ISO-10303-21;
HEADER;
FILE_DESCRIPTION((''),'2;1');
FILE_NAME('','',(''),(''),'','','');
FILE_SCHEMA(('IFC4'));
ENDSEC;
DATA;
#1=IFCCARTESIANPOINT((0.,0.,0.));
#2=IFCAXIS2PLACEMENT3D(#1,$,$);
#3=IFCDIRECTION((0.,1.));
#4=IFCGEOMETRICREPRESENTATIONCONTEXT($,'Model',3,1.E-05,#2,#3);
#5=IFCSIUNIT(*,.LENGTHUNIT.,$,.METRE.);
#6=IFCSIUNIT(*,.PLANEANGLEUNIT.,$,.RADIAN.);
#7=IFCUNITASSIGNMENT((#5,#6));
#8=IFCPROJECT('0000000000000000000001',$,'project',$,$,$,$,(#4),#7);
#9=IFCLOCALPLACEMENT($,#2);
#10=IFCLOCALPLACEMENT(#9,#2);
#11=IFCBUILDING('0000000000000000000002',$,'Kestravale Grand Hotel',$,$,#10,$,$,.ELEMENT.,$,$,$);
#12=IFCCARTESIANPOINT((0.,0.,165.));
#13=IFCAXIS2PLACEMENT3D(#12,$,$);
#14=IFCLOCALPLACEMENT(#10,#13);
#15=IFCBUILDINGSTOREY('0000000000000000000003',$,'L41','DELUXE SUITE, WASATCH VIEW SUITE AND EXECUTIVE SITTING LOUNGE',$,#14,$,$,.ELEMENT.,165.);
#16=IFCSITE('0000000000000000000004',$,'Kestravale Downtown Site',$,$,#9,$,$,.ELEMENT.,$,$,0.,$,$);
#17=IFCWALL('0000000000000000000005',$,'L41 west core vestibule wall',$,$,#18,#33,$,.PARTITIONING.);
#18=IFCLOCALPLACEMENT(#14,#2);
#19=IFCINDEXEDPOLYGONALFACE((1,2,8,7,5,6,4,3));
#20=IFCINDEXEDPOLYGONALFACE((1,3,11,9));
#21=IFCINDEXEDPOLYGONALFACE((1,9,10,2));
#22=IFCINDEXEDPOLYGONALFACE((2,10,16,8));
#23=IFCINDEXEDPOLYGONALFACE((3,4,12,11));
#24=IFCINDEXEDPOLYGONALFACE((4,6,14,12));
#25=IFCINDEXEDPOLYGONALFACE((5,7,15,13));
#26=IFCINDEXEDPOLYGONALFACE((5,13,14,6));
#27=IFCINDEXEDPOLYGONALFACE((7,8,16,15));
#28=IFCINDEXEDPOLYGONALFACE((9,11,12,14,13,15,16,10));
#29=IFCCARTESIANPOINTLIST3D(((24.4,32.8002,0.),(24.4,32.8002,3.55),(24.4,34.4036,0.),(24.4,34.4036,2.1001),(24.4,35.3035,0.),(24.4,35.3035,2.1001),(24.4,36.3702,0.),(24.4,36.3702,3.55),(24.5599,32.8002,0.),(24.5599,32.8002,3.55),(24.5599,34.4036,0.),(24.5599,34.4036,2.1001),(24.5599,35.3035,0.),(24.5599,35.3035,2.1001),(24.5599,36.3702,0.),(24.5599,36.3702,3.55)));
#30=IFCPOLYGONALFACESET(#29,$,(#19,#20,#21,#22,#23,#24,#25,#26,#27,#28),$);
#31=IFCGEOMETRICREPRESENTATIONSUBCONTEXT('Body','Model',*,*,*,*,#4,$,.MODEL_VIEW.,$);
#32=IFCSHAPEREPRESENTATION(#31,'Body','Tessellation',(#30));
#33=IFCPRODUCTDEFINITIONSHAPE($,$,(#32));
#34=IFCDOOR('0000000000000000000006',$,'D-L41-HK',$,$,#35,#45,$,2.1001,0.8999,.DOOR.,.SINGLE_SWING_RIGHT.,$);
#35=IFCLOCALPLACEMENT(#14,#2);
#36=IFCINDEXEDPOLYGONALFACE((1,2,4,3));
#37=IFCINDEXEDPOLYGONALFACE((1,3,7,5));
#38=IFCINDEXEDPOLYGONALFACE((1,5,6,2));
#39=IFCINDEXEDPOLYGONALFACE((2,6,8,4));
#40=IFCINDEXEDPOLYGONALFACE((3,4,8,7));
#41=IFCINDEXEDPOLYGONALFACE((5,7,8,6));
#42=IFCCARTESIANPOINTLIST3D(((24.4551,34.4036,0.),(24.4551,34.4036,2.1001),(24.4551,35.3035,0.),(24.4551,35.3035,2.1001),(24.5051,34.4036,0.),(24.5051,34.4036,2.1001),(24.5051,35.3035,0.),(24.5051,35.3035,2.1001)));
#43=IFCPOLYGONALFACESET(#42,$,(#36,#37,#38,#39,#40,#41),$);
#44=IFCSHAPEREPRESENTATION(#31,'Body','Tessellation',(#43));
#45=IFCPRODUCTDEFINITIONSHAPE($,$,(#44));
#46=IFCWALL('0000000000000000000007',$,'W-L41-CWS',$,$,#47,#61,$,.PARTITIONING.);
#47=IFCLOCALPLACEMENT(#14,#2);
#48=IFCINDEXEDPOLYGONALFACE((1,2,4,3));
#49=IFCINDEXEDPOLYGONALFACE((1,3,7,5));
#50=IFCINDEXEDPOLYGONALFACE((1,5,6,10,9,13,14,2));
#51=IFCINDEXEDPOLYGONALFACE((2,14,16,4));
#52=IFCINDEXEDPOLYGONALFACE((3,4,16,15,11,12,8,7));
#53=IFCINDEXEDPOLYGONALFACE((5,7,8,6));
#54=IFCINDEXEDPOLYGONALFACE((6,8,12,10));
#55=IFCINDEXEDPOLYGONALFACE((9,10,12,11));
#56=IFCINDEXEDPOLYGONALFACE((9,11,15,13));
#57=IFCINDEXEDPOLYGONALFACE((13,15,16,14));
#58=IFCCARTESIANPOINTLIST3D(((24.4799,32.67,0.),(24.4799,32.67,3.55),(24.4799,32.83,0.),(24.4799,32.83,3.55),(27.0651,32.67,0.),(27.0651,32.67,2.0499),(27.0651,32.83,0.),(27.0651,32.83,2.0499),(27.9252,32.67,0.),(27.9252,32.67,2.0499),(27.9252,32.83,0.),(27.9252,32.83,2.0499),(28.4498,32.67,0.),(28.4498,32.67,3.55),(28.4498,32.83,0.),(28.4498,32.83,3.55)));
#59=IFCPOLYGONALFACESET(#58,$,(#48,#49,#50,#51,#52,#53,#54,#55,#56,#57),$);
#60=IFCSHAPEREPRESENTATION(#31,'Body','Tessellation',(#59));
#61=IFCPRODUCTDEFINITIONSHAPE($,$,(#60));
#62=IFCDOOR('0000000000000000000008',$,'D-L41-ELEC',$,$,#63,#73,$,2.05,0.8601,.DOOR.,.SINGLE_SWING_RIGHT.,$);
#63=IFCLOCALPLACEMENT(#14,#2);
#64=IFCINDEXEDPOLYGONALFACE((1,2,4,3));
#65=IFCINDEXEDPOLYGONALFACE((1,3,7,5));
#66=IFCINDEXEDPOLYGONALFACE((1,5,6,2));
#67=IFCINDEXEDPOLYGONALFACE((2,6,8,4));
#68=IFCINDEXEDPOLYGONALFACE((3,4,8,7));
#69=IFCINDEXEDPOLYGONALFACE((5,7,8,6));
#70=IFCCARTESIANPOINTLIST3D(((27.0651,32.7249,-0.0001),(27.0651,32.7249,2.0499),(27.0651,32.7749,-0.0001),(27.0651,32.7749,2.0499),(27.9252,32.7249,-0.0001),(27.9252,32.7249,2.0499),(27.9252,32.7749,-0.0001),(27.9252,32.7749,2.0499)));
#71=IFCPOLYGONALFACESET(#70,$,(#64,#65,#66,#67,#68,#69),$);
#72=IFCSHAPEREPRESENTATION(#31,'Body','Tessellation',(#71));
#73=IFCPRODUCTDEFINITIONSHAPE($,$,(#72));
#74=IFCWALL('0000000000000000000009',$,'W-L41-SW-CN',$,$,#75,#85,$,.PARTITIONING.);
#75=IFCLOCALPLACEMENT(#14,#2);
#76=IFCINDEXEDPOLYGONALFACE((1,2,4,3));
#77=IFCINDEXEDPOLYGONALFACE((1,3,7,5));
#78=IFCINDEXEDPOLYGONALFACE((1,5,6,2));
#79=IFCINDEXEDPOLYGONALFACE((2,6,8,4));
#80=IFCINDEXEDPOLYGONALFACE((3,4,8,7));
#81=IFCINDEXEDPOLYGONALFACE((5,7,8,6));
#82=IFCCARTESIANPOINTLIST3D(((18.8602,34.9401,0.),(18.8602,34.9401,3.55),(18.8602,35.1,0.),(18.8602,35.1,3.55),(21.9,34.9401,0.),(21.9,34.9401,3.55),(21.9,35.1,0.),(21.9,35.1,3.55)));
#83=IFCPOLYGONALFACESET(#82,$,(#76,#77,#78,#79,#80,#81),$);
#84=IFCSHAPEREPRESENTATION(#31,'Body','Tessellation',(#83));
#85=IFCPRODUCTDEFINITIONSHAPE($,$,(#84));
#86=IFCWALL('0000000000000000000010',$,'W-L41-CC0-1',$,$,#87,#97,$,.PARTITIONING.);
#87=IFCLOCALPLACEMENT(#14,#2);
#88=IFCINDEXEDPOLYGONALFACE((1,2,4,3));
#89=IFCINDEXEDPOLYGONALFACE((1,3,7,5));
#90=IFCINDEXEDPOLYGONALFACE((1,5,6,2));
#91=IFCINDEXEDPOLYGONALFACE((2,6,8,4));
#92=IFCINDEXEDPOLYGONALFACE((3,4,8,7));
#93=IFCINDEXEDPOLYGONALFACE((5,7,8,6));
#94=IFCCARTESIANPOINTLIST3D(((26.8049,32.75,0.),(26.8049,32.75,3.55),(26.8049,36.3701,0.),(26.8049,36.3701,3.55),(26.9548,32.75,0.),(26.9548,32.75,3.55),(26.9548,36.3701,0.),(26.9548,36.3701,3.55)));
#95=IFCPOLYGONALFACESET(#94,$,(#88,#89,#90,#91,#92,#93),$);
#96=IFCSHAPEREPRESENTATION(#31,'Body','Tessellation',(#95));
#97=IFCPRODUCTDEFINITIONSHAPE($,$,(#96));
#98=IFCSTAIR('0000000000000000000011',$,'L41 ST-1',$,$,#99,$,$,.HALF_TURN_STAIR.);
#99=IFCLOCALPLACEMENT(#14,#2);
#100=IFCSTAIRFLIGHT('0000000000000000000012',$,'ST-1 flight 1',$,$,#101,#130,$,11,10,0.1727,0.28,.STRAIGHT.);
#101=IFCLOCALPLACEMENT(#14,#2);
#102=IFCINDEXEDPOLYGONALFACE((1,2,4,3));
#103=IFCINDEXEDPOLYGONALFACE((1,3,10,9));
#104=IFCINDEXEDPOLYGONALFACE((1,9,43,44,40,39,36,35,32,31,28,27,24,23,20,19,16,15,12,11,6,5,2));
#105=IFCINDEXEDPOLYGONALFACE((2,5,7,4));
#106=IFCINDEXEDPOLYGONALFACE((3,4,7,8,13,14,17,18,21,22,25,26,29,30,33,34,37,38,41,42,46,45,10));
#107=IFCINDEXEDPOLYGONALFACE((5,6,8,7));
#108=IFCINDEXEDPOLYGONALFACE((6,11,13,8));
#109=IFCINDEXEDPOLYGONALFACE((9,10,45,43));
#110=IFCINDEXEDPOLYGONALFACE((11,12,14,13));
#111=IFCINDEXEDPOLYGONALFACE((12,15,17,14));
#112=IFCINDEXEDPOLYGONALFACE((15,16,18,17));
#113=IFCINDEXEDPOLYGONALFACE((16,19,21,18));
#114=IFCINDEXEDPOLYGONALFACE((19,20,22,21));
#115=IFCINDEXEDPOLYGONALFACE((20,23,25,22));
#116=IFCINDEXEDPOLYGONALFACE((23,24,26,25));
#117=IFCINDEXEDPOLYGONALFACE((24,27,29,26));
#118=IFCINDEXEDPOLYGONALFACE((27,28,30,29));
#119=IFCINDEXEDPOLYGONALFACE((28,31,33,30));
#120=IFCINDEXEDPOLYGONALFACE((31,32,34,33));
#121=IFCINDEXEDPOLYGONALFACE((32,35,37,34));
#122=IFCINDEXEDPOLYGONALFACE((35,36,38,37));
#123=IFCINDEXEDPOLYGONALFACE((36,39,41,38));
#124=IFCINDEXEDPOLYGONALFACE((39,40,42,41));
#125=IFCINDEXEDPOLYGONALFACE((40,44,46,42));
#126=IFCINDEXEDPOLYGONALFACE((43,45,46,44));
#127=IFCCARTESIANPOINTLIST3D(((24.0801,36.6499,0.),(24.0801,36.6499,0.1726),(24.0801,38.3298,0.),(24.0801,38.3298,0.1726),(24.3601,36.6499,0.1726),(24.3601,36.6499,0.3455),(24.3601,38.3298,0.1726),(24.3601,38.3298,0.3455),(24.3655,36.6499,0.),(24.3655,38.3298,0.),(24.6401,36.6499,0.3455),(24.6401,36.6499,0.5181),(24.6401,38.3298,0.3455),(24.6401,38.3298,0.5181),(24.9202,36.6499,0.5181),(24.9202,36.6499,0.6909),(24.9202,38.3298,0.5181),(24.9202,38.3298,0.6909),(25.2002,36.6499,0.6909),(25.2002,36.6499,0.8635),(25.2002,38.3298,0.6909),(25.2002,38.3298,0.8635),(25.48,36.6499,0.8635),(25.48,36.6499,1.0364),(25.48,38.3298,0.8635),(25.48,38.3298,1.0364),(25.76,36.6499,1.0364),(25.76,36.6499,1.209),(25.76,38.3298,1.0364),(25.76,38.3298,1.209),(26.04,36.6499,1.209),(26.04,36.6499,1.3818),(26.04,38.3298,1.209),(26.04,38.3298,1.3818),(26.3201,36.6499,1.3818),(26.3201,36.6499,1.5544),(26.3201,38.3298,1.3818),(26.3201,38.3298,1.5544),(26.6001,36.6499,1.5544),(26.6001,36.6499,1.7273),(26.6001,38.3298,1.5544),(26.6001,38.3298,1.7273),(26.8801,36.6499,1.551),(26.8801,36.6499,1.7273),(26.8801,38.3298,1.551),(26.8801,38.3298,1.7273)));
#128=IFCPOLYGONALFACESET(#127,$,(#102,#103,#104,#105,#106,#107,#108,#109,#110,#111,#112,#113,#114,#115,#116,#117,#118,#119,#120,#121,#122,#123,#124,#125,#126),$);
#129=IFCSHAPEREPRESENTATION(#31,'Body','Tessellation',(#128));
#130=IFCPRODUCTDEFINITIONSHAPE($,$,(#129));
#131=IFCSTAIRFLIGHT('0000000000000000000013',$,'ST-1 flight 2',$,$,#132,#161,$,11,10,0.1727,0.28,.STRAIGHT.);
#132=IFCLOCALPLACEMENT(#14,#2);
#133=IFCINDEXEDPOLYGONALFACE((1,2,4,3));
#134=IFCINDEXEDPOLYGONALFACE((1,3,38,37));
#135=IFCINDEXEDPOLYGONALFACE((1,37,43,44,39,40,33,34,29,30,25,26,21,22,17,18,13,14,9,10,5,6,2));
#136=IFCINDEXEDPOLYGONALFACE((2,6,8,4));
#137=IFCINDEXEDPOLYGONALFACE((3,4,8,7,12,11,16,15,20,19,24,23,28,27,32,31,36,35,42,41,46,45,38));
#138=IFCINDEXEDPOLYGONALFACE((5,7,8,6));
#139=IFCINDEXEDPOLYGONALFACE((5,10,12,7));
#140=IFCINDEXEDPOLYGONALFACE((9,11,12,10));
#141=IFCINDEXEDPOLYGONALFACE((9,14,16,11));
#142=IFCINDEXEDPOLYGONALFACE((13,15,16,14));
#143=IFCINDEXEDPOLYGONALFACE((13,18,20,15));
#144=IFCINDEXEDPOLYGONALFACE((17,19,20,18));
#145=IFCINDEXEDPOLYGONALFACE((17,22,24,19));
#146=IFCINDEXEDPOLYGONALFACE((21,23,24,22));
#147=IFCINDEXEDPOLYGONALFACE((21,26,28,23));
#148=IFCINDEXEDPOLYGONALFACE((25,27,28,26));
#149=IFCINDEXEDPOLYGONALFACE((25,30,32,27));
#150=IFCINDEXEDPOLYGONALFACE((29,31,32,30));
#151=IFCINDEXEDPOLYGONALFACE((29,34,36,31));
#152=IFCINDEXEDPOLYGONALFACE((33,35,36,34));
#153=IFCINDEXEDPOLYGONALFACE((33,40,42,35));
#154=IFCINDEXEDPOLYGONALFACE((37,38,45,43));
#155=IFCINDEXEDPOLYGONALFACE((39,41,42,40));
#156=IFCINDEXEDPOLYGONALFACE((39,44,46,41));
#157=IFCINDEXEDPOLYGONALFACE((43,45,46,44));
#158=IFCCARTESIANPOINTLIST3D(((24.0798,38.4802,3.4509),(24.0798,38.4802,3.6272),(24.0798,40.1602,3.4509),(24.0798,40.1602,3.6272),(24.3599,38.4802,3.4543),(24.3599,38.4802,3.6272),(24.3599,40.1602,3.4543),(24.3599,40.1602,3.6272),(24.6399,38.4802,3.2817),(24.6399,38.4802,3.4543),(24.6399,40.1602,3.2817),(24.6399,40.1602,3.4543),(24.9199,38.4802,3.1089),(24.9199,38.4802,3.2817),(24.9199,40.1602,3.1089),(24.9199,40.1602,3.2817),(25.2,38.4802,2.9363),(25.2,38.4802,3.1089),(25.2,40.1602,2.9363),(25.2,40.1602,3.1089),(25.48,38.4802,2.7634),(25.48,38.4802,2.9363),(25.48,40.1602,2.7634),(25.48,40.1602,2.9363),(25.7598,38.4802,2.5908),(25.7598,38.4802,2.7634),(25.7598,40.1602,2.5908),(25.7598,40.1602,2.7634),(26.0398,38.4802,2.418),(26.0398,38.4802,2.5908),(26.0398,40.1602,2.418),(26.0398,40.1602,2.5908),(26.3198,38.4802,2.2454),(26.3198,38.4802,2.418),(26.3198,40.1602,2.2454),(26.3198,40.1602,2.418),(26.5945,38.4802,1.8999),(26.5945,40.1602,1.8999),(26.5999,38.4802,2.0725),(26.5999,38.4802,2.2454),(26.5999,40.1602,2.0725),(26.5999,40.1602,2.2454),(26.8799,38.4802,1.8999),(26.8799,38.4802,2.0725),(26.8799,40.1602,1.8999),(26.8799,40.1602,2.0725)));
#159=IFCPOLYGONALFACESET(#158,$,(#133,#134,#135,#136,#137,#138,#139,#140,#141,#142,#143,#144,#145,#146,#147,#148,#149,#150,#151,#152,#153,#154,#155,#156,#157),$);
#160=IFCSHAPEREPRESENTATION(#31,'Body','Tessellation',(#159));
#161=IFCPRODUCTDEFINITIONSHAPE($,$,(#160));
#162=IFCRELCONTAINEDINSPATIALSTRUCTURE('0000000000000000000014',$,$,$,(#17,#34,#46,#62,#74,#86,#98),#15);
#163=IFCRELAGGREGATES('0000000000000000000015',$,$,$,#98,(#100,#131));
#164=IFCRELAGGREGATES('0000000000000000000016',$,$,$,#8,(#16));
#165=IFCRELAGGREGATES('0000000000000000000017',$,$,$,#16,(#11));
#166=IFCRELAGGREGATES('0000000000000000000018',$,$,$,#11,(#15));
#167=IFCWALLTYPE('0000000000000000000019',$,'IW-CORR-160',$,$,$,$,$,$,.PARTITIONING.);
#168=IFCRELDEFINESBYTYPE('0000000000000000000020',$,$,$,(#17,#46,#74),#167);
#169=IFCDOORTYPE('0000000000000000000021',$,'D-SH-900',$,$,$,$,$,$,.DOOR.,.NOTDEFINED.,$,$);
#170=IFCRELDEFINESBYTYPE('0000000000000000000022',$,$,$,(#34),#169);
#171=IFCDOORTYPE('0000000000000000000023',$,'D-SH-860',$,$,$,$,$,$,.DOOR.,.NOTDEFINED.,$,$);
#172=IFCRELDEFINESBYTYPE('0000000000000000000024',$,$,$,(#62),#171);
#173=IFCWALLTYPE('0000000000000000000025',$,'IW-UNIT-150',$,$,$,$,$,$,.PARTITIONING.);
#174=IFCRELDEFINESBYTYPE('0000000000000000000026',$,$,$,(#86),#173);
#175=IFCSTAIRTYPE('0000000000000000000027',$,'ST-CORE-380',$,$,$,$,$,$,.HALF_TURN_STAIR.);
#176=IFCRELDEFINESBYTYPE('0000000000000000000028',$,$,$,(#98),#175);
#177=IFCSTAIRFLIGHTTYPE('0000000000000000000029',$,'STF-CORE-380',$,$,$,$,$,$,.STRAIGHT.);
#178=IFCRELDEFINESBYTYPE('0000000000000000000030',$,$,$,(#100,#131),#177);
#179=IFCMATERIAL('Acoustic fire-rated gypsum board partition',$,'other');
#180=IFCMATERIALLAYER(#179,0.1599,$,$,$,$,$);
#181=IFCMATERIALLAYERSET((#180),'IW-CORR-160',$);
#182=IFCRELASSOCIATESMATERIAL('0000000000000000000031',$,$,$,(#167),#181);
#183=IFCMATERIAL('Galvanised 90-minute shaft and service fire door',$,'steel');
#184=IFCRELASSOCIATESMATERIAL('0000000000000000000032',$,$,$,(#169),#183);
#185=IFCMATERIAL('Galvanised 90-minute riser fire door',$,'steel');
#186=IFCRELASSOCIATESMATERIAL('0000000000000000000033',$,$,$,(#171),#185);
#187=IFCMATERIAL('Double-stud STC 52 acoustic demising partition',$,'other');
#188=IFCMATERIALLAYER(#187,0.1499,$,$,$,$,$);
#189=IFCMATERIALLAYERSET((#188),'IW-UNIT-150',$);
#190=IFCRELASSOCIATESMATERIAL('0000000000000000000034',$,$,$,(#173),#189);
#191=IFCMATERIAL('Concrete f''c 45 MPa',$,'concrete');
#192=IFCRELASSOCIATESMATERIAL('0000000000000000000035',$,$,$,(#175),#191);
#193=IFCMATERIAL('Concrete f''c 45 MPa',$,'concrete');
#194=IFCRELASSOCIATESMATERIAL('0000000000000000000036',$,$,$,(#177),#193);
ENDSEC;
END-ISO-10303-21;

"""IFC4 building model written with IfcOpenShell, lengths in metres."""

from ifc_helpers import new_model, si_unit, direction, frame, frame_2d, origin, place, context, subcontext, project, spatial, polyline, rectangle, outline, extrude, material, layer, layer_set, type_object, element, fill, aggregate, save


model = new_model("IFC4")

# Units and contexts
model_context = context("Model", 3, precision=1e-05, world=origin(), true_north=direction((0.0, 1.0)))
body_context = subcontext(model_context, "Body", "Model", "MODEL_VIEW")
ifc_project = project(units=[si_unit("LENGTHUNIT", "METRE"), si_unit("PLANEANGLEUNIT", "RADIAN")], contexts=[model_context])

# Site, building, storey
site_placement = place(None, origin())
site = spatial("IfcSite", under=ifc_project, at=site_placement, Name="Kestravale Downtown Site", CompositionType="ELEMENT", RefElevation=0.0)
building_placement = place(site_placement, origin())
building = spatial("IfcBuilding", under=site, at=building_placement, Name="Kestravale Grand Hotel", CompositionType="ELEMENT")
storey_placement = place(building_placement, frame((0.0, 0.0, 165.0)))
storey = spatial("IfcBuildingStorey", under=building, at=storey_placement, Name="L41", Description="DELUXE SUITE, WASATCH VIEW SUITE AND EXECUTIVE SITTING LOUNGE", CompositionType="ELEMENT", Elevation=165.0)

# Walls, openings, doors
ifc_material_1 = material(Name="Acoustic fire-rated gypsum board partition", Category="other")
ifc_layer_1 = layer(ifc_material_1, 0.1599)
ifc_layer_set_1 = layer_set([ifc_layer_1], Name="IW-CORR-160")
wall_type_1 = type_object("IfcWallType", Name="IW-CORR-160", PredefinedType="PARTITIONING", material=ifc_layer_set_1)
wall_1_placement = place(storey_placement, frame((24.48, 32.8, 0.0), z_axis=(0.0, 0.0, 1.0), x_axis=(0.0, 1.0, 0.0)))
wall_1 = element("IfcWall", 1, at=wall_1_placement, inside=storey, type_object=wall_type_1, Name="L41 west core vestibule wall", PredefinedType="PARTITIONING", context=body_context, shape_type="SweptSolid", body=[
    extrude(rectangle(XDim=3.5701, YDim=0.1599, at=frame_2d((1.7852, 0.0))), origin(), (0.0, 0.0, 1.0), 3.55),
])
opening_1_placement = place(wall_1_placement, frame((1.6035, 0.0, 0.0)))
opening_1 = element("IfcOpeningElement", 2, at=opening_1_placement, cuts=wall_1, PredefinedType="OPENING", context=body_context, shape_type="SweptSolid", body=[
    extrude(rectangle(XDim=0.8999, YDim=2.1001, at=frame_2d((0.45, 1.05))), frame((0.0, 0.0898, 0.0), z_axis=(0.0, -1.0, 0.0), x_axis=(1.0, 0.0, 0.0)), (0.0, 0.0, 1.0), 0.1799),
])
ifc_material_2 = material(Name="Galvanised 90-minute shaft and service fire door", Category="steel")
door_type_1 = type_object("IfcDoorType", Name="D-SH-900", OperationType="NOTDEFINED", PredefinedType="DOOR", material=ifc_material_2)
door_1_placement = place(opening_1_placement, origin())
door_1 = element("IfcDoor", 3, at=door_1_placement, inside=storey, type_object=door_type_1, Name="D-L41-HK", OperationType="SINGLE_SWING_RIGHT", OverallHeight=2.1001, OverallWidth=0.8999, PredefinedType="DOOR", context=body_context, shape_type="SweptSolid", body=[
    extrude(rectangle(XDim=0.8999, YDim=2.1001, at=frame_2d((0.45, 1.05))), frame((0.0, 0.0249, 0.0), z_axis=(0.0, -1.0, 0.0), x_axis=(1.0, 0.0, 0.0)), (0.0, 0.0, 1.0), 0.05),
])
fill(opening_1, door_1)
wall_2_placement = place(storey_placement, frame((24.48, 32.75, 0.0), z_axis=(0.0, 0.0, 1.0), x_axis=(1.0, 0.0, 0.0)))
wall_2 = element("IfcWall", 4, at=wall_2_placement, inside=storey, type_object=wall_type_1, Name="W-L41-CWS", PredefinedType="PARTITIONING", context=body_context, shape_type="SweptSolid", body=[
    extrude(rectangle(XDim=3.97, YDim=0.1599, at=frame_2d((1.9849, 0.0))), origin(), (0.0, 0.0, 1.0), 3.55),
])
opening_2_placement = place(wall_2_placement, frame((2.585, 0.0, 0.0)))
opening_2 = element("IfcOpeningElement", 5, at=opening_2_placement, cuts=wall_2, PredefinedType="OPENING", context=body_context, shape_type="SweptSolid", body=[
    extrude(rectangle(XDim=0.8601, YDim=2.05, at=frame_2d((0.4302, 1.0249))), frame((0.0, 0.0898, 0.0), z_axis=(0.0, -1.0, 0.0), x_axis=(1.0, 0.0, 0.0)), (0.0, 0.0, 1.0), 0.1799),
])
ifc_material_3 = material(Name="Galvanised 90-minute riser fire door", Category="steel")
door_type_2 = type_object("IfcDoorType", Name="D-SH-860", OperationType="NOTDEFINED", PredefinedType="DOOR", material=ifc_material_3)
door_2_placement = place(opening_2_placement, origin())
door_2 = element("IfcDoor", 6, at=door_2_placement, inside=storey, type_object=door_type_2, Name="D-L41-ELEC", OperationType="SINGLE_SWING_RIGHT", OverallHeight=2.05, OverallWidth=0.8601, PredefinedType="DOOR", context=body_context, shape_type="SweptSolid", body=[
    extrude(rectangle(XDim=0.8601, YDim=2.05, at=frame_2d((0.4302, 1.0249))), frame((0.0, 0.0249, 0.0), z_axis=(0.0, -1.0, 0.0), x_axis=(1.0, 0.0, 0.0)), (0.0, 0.0, 1.0), 0.05),
])
fill(opening_2, door_2)

# Walls
wall_3_placement = place(storey_placement, frame((18.8601, 35.02, 0.0), z_axis=(0.0, 0.0, 1.0), x_axis=(1.0, 0.0, 0.0)))
element("IfcWall", 7, at=wall_3_placement, inside=storey, type_object=wall_type_1, Name="W-L41-SW-CN", PredefinedType="PARTITIONING", context=body_context, shape_type="SweptSolid", body=[
    extrude(rectangle(XDim=3.0398, YDim=0.1599, at=frame_2d((1.52, 0.0))), origin(), (0.0, 0.0, 1.0), 3.55),
])
ifc_material_4 = material(Name="Double-stud STC 52 acoustic demising partition", Category="other")
ifc_layer_2 = layer(ifc_material_4, 0.1499)
ifc_layer_set_2 = layer_set([ifc_layer_2], Name="IW-UNIT-150")
wall_type_2 = type_object("IfcWallType", Name="IW-UNIT-150", PredefinedType="PARTITIONING", material=ifc_layer_set_2)
wall_4_placement = place(storey_placement, frame((26.8799, 32.75, 0.0), z_axis=(0.0, 0.0, 1.0), x_axis=(0.0, 1.0, 0.0)))
element("IfcWall", 8, at=wall_4_placement, inside=storey, type_object=wall_type_2, Name="W-L41-CC0-1", PredefinedType="PARTITIONING", context=body_context, shape_type="SweptSolid", body=[
    extrude(rectangle(XDim=3.6201, YDim=0.1499, at=frame_2d((1.8101, 0.0))), origin(), (0.0, 0.0, 1.0), 3.55),
])

# Stair, stair flights
ifc_material_5 = material(Name="Concrete f'c 45 MPa", Category="concrete")
stair_type = type_object("IfcStairType", Name="ST-CORE-380", PredefinedType="HALF_TURN_STAIR", material=ifc_material_5)
stair_placement = place(storey_placement, origin())
stair = element("IfcStair", 9, at=stair_placement, inside=storey, type_object=stair_type, Name="L41 ST-1", PredefinedType="HALF_TURN_STAIR")
ifc_material_6 = material(Name="Concrete f'c 45 MPa", Category="concrete")
stair_flight_type = type_object("IfcStairFlightType", Name="STF-CORE-380", PredefinedType="STRAIGHT", material=ifc_material_6)
stair_flight_1_placement = place(storey_placement, frame((24.0801, 37.49, 0.0), z_axis=(0.0, 0.0, 1.0), x_axis=(1.0, 0.0, 0.0)))
stair_flight_1 = element("IfcStairFlight", 10, at=stair_flight_1_placement, type_object=stair_flight_type, Name="ST-1 flight 1", NumberOfRisers=11, NumberOfTreads=10, PredefinedType="STRAIGHT", RiserHeight=0.1727, TreadLength=0.28, context=body_context, shape_type="SweptSolid", body=[
    extrude(outline(polyline([(0.0, 0.0), (0.0, 0.1726), (0.28, 0.1726), (0.28, 0.3455), (0.5601, 0.3455), (0.5601, 0.5181), (0.8401, 0.5181), (0.8401, 0.6909), (1.1201, 0.6909), (1.1201, 0.8635), (1.3999, 0.8635), (1.3999, 1.0364), (1.6799, 1.0364), (1.6799, 1.209), (1.96, 1.209), (1.96, 1.3818), (2.24, 1.3818), (2.24, 1.5544), (2.52, 1.5544), (2.52, 1.7273), (2.8, 1.7273), (2.8, 1.8999), (2.8, 1.551), (0.2854, 0.0), (0.0, 0.0)])), frame((0.0, 0.8398, 0.0), z_axis=(0.0, -1.0, 0.0), x_axis=(1.0, 0.0, 0.0)), (0.0, 0.0, 1.0), 1.6799),
])
stair_flight_2_placement = place(storey_placement, frame((26.8799, 39.3201, 1.8999), z_axis=(0.0, 0.0, 1.0), x_axis=(-1.0, 0.0, 0.0)))
stair_flight_2 = element("IfcStairFlight", 11, at=stair_flight_2_placement, type_object=stair_flight_type, Name="ST-1 flight 2", NumberOfRisers=11, NumberOfTreads=10, PredefinedType="STRAIGHT", RiserHeight=0.1727, TreadLength=0.28, context=body_context, shape_type="SweptSolid", body=[
    extrude(outline(polyline([(0.0, 0.0), (0.0, 0.1726), (0.28, 0.1726), (0.28, 0.3455), (0.5601, 0.3455), (0.5601, 0.5181), (0.8401, 0.5181), (0.8401, 0.6909), (1.1201, 0.6909), (1.1201, 0.8635), (1.3999, 0.8635), (1.3999, 1.0364), (1.6799, 1.0364), (1.6799, 1.209), (1.96, 1.209), (1.96, 1.3818), (2.24, 1.3818), (2.24, 1.5544), (2.52, 1.5544), (2.52, 1.7273), (2.8, 1.7273), (2.8, 1.8999), (2.8, 1.551), (0.2854, 0.0), (0.0, 0.0)])), frame((0.0, 0.8398, 0.0), z_axis=(0.0, -1.0, 0.0), x_axis=(1.0, 0.0, 0.0)), (0.0, 0.0, 1.0), 1.6799),
])
aggregate(stair, [stair_flight_1, stair_flight_2])

save(model, "model.ifc")
